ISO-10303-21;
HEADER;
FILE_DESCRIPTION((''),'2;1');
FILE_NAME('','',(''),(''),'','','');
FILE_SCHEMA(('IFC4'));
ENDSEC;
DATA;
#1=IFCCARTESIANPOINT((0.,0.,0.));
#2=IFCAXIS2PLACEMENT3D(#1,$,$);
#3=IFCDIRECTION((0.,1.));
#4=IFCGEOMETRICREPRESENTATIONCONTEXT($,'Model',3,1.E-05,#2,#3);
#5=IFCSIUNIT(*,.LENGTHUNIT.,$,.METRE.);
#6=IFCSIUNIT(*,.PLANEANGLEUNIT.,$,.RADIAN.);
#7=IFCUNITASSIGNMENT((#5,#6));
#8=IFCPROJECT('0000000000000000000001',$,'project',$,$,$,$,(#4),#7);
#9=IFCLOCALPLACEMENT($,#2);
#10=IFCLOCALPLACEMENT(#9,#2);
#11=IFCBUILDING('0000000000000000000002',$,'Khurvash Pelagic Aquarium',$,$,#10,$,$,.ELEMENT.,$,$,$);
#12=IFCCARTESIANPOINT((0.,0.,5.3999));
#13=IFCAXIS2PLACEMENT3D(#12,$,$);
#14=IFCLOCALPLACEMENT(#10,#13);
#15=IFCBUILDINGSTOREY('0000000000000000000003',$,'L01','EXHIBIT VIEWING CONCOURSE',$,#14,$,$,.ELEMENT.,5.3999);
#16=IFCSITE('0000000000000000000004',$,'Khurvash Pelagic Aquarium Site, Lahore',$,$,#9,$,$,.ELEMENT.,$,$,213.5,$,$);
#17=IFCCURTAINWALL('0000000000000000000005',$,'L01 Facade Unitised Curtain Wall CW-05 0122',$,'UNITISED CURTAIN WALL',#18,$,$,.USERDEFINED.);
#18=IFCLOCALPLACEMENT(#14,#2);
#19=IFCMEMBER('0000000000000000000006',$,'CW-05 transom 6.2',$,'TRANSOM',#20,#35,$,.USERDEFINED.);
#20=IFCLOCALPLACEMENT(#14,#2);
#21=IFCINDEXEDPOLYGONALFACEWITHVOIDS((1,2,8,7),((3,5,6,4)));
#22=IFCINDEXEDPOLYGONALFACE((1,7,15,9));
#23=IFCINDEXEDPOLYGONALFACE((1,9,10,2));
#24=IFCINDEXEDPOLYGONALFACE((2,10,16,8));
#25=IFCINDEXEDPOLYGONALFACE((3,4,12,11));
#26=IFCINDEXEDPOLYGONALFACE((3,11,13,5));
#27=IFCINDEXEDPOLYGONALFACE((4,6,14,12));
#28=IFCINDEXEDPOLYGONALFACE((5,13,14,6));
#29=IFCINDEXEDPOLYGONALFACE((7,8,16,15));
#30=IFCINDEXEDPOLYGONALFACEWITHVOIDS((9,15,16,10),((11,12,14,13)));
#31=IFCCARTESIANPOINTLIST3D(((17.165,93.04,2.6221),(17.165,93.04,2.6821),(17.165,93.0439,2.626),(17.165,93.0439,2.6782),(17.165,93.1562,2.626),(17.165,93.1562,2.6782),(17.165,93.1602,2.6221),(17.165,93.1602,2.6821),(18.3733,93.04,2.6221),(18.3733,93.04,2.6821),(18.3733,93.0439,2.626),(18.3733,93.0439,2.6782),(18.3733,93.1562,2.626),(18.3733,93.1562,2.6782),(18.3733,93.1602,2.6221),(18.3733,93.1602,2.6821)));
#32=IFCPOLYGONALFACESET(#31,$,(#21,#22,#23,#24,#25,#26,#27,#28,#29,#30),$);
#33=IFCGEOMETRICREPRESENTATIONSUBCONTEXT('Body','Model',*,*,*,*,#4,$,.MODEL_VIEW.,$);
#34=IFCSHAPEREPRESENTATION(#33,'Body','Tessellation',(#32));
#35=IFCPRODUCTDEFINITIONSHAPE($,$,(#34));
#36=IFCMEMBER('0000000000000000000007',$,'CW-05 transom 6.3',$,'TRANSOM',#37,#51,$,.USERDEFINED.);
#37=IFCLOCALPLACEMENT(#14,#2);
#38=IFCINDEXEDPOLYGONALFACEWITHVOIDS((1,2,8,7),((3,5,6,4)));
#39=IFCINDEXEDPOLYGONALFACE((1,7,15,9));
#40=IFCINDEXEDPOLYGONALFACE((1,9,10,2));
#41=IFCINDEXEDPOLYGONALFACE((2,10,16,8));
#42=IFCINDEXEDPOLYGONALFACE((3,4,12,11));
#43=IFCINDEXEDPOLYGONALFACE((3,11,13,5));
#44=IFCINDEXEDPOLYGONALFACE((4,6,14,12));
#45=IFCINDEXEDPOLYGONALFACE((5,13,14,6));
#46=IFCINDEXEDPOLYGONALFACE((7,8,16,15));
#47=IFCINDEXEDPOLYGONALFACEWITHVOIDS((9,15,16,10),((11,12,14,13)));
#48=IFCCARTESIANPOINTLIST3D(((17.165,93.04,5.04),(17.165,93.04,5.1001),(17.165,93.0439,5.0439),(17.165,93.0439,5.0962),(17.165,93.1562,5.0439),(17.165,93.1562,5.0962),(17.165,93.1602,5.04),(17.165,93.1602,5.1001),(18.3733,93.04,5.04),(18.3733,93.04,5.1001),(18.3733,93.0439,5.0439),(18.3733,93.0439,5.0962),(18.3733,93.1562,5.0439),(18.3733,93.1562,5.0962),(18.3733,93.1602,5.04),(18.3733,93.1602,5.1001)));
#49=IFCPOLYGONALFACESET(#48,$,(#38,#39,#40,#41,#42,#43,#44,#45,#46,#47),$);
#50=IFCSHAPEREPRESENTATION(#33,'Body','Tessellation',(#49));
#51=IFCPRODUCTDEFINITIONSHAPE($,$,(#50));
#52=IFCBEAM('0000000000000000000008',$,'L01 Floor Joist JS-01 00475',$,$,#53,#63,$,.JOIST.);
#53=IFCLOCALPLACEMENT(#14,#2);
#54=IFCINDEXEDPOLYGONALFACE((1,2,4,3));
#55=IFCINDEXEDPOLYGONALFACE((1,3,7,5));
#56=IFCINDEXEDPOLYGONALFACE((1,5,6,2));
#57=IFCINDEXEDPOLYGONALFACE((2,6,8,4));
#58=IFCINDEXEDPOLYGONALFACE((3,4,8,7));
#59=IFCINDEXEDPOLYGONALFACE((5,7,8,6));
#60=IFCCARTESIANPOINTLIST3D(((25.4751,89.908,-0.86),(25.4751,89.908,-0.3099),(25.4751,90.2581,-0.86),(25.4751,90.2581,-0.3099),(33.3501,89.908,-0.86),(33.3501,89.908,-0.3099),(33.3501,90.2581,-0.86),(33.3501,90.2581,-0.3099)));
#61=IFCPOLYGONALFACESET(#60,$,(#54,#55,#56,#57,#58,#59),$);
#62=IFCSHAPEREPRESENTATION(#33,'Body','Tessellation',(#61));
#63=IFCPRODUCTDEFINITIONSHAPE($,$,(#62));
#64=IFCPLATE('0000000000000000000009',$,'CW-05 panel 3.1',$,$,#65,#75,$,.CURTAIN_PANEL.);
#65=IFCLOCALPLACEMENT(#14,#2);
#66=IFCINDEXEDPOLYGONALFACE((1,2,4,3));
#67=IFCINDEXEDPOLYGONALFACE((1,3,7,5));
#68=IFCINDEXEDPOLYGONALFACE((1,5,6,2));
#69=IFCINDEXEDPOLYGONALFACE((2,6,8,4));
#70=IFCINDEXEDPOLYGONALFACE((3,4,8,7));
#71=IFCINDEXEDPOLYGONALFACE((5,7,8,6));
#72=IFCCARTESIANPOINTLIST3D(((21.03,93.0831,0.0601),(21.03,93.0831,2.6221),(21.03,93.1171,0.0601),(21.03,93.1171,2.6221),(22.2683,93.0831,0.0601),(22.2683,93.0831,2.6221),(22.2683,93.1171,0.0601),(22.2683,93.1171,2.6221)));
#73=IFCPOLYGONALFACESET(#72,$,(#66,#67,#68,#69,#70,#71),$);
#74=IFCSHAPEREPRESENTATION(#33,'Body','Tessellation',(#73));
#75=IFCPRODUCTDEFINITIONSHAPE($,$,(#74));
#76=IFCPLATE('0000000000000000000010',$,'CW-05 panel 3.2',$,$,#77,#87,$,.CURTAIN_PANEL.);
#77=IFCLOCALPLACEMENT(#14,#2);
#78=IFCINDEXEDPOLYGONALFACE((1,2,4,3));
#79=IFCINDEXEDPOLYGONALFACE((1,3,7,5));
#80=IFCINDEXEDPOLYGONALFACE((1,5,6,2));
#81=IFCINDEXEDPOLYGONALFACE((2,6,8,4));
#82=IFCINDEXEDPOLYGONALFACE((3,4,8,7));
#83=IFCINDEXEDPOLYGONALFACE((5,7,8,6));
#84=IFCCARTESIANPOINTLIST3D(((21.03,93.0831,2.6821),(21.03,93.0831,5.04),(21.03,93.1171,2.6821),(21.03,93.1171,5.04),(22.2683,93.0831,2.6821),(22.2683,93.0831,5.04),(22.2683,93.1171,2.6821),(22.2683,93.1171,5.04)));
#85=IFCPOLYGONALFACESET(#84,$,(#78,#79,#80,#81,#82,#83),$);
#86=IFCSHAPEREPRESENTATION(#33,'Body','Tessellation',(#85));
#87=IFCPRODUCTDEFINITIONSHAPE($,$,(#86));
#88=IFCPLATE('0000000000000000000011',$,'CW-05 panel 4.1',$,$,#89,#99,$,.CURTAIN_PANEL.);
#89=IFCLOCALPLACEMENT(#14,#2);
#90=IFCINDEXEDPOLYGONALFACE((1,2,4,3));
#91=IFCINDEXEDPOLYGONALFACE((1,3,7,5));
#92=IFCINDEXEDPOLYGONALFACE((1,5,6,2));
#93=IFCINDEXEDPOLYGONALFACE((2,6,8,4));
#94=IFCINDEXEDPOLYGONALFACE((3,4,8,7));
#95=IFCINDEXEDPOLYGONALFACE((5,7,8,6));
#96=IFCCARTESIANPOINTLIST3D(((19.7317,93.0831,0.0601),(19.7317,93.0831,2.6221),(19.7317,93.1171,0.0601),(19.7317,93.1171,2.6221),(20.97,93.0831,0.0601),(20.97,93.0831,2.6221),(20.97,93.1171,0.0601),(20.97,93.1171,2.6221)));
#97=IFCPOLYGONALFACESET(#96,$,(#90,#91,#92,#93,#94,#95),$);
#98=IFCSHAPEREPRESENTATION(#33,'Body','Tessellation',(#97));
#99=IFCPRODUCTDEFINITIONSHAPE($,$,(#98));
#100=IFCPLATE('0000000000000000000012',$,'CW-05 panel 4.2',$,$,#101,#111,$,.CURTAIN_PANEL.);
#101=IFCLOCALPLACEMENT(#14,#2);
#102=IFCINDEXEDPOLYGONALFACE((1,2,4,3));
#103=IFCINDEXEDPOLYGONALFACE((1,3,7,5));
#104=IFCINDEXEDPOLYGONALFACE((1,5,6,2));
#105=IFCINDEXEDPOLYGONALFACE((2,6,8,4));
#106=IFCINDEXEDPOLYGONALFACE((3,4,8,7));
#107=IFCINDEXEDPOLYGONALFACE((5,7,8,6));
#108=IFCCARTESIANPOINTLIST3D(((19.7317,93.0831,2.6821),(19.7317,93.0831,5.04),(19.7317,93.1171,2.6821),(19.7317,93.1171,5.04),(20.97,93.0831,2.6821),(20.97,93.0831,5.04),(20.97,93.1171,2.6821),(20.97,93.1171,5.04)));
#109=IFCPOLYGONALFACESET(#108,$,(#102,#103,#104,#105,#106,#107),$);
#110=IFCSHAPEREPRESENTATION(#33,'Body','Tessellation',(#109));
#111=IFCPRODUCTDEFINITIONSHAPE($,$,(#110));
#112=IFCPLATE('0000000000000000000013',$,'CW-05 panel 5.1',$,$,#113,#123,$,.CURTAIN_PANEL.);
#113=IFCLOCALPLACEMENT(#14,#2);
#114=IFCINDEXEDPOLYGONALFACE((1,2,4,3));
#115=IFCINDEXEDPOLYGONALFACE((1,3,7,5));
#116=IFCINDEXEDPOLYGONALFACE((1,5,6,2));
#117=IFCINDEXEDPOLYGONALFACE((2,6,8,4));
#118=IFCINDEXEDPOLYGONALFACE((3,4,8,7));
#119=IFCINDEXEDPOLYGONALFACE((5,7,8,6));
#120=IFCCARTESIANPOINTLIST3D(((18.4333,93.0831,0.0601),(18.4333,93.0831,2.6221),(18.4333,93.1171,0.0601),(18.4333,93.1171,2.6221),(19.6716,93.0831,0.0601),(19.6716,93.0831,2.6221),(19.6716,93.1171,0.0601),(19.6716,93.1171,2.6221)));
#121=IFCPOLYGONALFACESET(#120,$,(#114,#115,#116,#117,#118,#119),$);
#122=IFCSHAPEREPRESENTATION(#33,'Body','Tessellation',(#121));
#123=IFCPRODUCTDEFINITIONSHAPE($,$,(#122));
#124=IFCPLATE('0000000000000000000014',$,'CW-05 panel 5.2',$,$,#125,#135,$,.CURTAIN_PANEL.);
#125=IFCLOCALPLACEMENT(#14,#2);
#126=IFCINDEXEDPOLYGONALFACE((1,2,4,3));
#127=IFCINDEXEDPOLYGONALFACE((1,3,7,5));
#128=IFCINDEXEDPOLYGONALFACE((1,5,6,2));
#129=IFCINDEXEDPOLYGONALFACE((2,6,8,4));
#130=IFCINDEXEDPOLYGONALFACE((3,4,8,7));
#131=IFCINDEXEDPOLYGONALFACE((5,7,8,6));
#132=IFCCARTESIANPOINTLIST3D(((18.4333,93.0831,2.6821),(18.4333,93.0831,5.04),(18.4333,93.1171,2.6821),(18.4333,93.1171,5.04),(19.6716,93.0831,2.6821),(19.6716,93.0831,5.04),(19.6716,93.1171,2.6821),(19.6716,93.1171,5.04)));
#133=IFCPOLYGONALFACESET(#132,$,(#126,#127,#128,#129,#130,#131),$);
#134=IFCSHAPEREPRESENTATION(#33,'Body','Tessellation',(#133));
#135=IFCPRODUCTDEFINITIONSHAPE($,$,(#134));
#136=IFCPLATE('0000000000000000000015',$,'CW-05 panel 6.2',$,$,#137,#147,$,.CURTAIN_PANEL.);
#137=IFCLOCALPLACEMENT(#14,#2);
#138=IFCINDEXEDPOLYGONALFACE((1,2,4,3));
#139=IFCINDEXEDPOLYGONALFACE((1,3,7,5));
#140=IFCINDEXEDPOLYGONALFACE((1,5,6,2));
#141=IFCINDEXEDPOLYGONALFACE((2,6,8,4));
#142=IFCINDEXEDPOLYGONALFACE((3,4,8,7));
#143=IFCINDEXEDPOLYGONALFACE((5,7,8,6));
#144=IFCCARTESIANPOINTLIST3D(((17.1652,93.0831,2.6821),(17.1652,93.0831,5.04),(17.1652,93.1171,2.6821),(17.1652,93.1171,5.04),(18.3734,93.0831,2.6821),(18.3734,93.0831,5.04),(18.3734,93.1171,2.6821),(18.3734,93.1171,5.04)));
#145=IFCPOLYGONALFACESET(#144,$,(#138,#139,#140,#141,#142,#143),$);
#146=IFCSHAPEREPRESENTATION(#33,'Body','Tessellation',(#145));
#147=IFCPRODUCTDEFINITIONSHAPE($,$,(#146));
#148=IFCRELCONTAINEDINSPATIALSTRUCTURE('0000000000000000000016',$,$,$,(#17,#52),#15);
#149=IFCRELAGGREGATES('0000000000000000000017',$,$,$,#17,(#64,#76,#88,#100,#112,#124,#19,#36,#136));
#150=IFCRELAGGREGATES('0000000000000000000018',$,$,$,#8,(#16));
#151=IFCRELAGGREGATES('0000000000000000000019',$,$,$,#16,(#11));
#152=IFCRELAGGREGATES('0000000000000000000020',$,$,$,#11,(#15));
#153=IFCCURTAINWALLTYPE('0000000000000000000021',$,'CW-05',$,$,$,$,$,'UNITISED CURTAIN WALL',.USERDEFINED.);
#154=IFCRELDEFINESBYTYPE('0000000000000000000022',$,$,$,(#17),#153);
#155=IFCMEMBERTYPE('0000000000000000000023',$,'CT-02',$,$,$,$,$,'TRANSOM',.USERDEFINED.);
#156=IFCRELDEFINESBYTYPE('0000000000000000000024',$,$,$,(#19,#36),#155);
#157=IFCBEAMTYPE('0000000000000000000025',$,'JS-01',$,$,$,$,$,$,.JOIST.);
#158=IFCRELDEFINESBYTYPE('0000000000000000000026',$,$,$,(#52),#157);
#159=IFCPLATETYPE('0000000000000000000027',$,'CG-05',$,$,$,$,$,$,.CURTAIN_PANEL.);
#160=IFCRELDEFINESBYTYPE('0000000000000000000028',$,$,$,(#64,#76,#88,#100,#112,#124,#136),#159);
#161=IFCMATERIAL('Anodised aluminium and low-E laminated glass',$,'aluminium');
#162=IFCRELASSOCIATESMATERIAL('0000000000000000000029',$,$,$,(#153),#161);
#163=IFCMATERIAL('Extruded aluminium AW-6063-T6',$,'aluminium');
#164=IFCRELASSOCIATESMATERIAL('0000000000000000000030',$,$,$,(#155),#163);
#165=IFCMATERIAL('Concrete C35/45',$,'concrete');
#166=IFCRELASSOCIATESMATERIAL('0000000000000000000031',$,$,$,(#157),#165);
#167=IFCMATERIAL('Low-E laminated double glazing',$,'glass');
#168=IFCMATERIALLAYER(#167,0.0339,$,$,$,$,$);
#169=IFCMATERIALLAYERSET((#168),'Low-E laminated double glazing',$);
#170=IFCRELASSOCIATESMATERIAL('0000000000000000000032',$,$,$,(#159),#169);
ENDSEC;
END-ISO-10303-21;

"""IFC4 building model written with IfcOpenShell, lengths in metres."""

from ifc_helpers import new_model, si_unit, direction, frame, origin, origin_2d, place, context, subcontext, project, spatial, rectangle, hollow_rectangle, extrude, material, layer, layer_set, material_profile, profile_set, type_object, element, aggregate, save


model = new_model("IFC4")

# Units and contexts
model_context = context("Model", 3, precision=1e-05, world=origin(), true_north=direction((0.0, 1.0)))
body_context = subcontext(model_context, "Body", "Model", "MODEL_VIEW")
ifc_project = project(units=[si_unit("LENGTHUNIT", "METRE"), si_unit("PLANEANGLEUNIT", "RADIAN")], contexts=[model_context])

# Site, building, storey
site_placement = place(None, origin())
site = spatial("IfcSite", under=ifc_project, at=site_placement, Name="Khurvash Pelagic Aquarium Site, Lahore", CompositionType="ELEMENT", RefElevation=213.5)
building_placement = place(site_placement, origin())
building = spatial("IfcBuilding", under=site, at=building_placement, Name="Khurvash Pelagic Aquarium", CompositionType="ELEMENT")
storey_placement = place(building_placement, frame((0.0, 0.0, 5.3999)))
storey = spatial("IfcBuildingStorey", under=building, at=storey_placement, Name="L01", Description="EXHIBIT VIEWING CONCOURSE", CompositionType="ELEMENT", Elevation=5.3999)

# Curtain wall, members
ifc_material_1 = material(Name="Anodised aluminium and low-E laminated glass", Category="aluminium")
curtain_wall_type = type_object("IfcCurtainWallType", Name="CW-05", ElementType="UNITISED CURTAIN WALL", PredefinedType="USERDEFINED", material=ifc_material_1)
curtain_wall_placement = place(storey_placement, origin())
curtain_wall = element("IfcCurtainWall", 1, at=curtain_wall_placement, inside=storey, type_object=curtain_wall_type, Name="L01 Facade Unitised Curtain Wall CW-05 0122", ObjectType="UNITISED CURTAIN WALL", PredefinedType="USERDEFINED")
ifc_material_2 = material(Name="Extruded aluminium AW-6063-T6", Category="aluminium")
ifc_material_profile_1 = material_profile(ifc_material_2, hollow_rectangle(XDim=0.1201, YDim=0.0601, WallThickness=0.0039, at=origin_2d()), Name="CWT120X60X4")
ifc_profile_set_1 = profile_set([ifc_material_profile_1], Name="Extruded aluminium AW-6063-T6")
member_type_1 = type_object("IfcMemberType", Name="CT-02", ElementType="TRANSOM", PredefinedType="USERDEFINED", material=ifc_profile_set_1)
member_1_placement = place(storey_placement, frame((18.3733, 93.1001, 2.6521), z_axis=(-1.0, 0.0, 0.0), x_axis=(0.0, -1.0, 0.0)))
member_1 = element("IfcMember", 2, at=member_1_placement, type_object=member_type_1, Name="CW-05 transom 6.2", ObjectType="TRANSOM", PredefinedType="USERDEFINED", context=body_context, shape_type="SweptSolid", body=[
    extrude(hollow_rectangle(XDim=0.1201, YDim=0.0601, WallThickness=0.0039, at=origin_2d()), origin(), (0.0, 0.0, 1.0), 1.2083),
])
member_2_placement = place(storey_placement, frame((18.3733, 93.1001, 5.0701), z_axis=(-1.0, 0.0, 0.0), x_axis=(0.0, -1.0, 0.0)))
member_2 = element("IfcMember", 3, at=member_2_placement, type_object=member_type_1, Name="CW-05 transom 6.3", ObjectType="TRANSOM", PredefinedType="USERDEFINED", context=body_context, shape_type="SweptSolid", body=[
    extrude(hollow_rectangle(XDim=0.1201, YDim=0.0601, WallThickness=0.0039, at=origin_2d()), origin(), (0.0, 0.0, 1.0), 1.2083),
])

# Beam
ifc_material_3 = material(Name="Concrete C35/45", Category="concrete")
ifc_material_profile_2 = material_profile(ifc_material_3, rectangle(XDim=0.3501, YDim=0.55, at=origin_2d()), Name="RC350X550")
ifc_profile_set_2 = profile_set([ifc_material_profile_2], Name="Concrete C35/45")
beam_type = type_object("IfcBeamType", Name="JS-01", PredefinedType="JOIST", material=ifc_profile_set_2)
beam_placement = place(storey_placement, frame((25.4751, 90.083, -0.585), z_axis=(1.0, 0.0, 0.0), x_axis=(0.0, 1.0, 0.0)))
element("IfcBeam", 4, at=beam_placement, inside=storey, type_object=beam_type, Name="L01 Floor Joist JS-01 00475", PredefinedType="JOIST", context=body_context, shape_type="SweptSolid", body=[
    extrude(rectangle(XDim=0.3501, YDim=0.55, at=origin_2d()), origin(), (0.0, 0.0, 1.0), 7.875),
])

# Plates
ifc_material_4 = material(Name="Low-E laminated double glazing", Category="glass")
ifc_layer = layer(ifc_material_4, 0.0339)
ifc_layer_set = layer_set([ifc_layer], Name="Low-E laminated double glazing")
plate_type = type_object("IfcPlateType", Name="CG-05", PredefinedType="CURTAIN_PANEL", material=ifc_layer_set)
plate_1_placement = place(storey_placement, frame((21.6492, 93.1001, 0.0601), z_axis=(0.0, 0.0, 1.0), x_axis=(-1.0, 0.0, 0.0)))
plate_1 = element("IfcPlate", 5, at=plate_1_placement, type_object=plate_type, Name="CW-05 panel 3.1", PredefinedType="CURTAIN_PANEL", context=body_context, shape_type="SweptSolid", body=[
    extrude(rectangle(XDim=1.2383, YDim=0.0339, at=origin_2d()), origin(), (0.0, 0.0, 1.0), 2.562),
])
plate_2_placement = place(storey_placement, frame((21.6492, 93.1001, 2.6821), z_axis=(0.0, 0.0, 1.0), x_axis=(-1.0, 0.0, 0.0)))
plate_2 = element("IfcPlate", 6, at=plate_2_placement, type_object=plate_type, Name="CW-05 panel 3.2", PredefinedType="CURTAIN_PANEL", context=body_context, shape_type="SweptSolid", body=[
    extrude(rectangle(XDim=1.2383, YDim=0.0339, at=origin_2d()), origin(), (0.0, 0.0, 1.0), 2.3579),
])
plate_3_placement = place(storey_placement, frame((20.3508, 93.1001, 0.0601), z_axis=(0.0, 0.0, 1.0), x_axis=(-1.0, 0.0, 0.0)))
plate_3 = element("IfcPlate", 7, at=plate_3_placement, type_object=plate_type, Name="CW-05 panel 4.1", PredefinedType="CURTAIN_PANEL", context=body_context, shape_type="SweptSolid", body=[
    extrude(rectangle(XDim=1.2383, YDim=0.0339, at=origin_2d()), origin(), (0.0, 0.0, 1.0), 2.562),
])
plate_4_placement = place(storey_placement, frame((20.3508, 93.1001, 2.6821), z_axis=(0.0, 0.0, 1.0), x_axis=(-1.0, 0.0, 0.0)))
plate_4 = element("IfcPlate", 8, at=plate_4_placement, type_object=plate_type, Name="CW-05 panel 4.2", PredefinedType="CURTAIN_PANEL", context=body_context, shape_type="SweptSolid", body=[
    extrude(rectangle(XDim=1.2383, YDim=0.0339, at=origin_2d()), origin(), (0.0, 0.0, 1.0), 2.3579),
])
plate_5_placement = place(storey_placement, frame((19.0525, 93.1001, 0.0601), z_axis=(0.0, 0.0, 1.0), x_axis=(-1.0, 0.0, 0.0)))
plate_5 = element("IfcPlate", 9, at=plate_5_placement, type_object=plate_type, Name="CW-05 panel 5.1", PredefinedType="CURTAIN_PANEL", context=body_context, shape_type="SweptSolid", body=[
    extrude(rectangle(XDim=1.2383, YDim=0.0339, at=origin_2d()), origin(), (0.0, 0.0, 1.0), 2.562),
])
plate_6_placement = place(storey_placement, frame((19.0525, 93.1001, 2.6821), z_axis=(0.0, 0.0, 1.0), x_axis=(-1.0, 0.0, 0.0)))
plate_6 = element("IfcPlate", 10, at=plate_6_placement, type_object=plate_type, Name="CW-05 panel 5.2", PredefinedType="CURTAIN_PANEL", context=body_context, shape_type="SweptSolid", body=[
    extrude(rectangle(XDim=1.2383, YDim=0.0339, at=origin_2d()), origin(), (0.0, 0.0, 1.0), 2.3579),
])
plate_7_placement = place(storey_placement, frame((17.7693, 93.1001, 2.6821), z_axis=(0.0, 0.0, 1.0), x_axis=(-1.0, 0.0, 0.0)))
plate_7 = element("IfcPlate", 11, at=plate_7_placement, type_object=plate_type, Name="CW-05 panel 6.2", PredefinedType="CURTAIN_PANEL", context=body_context, shape_type="SweptSolid", body=[
    extrude(rectangle(XDim=1.2083, YDim=0.0339, at=origin_2d()), origin(), (0.0, 0.0, 1.0), 2.3579),
])
aggregate(curtain_wall, [plate_1, plate_2, plate_3, plate_4, plate_5, plate_6, member_1, member_2, plate_7])

save(model, "model.ifc")
